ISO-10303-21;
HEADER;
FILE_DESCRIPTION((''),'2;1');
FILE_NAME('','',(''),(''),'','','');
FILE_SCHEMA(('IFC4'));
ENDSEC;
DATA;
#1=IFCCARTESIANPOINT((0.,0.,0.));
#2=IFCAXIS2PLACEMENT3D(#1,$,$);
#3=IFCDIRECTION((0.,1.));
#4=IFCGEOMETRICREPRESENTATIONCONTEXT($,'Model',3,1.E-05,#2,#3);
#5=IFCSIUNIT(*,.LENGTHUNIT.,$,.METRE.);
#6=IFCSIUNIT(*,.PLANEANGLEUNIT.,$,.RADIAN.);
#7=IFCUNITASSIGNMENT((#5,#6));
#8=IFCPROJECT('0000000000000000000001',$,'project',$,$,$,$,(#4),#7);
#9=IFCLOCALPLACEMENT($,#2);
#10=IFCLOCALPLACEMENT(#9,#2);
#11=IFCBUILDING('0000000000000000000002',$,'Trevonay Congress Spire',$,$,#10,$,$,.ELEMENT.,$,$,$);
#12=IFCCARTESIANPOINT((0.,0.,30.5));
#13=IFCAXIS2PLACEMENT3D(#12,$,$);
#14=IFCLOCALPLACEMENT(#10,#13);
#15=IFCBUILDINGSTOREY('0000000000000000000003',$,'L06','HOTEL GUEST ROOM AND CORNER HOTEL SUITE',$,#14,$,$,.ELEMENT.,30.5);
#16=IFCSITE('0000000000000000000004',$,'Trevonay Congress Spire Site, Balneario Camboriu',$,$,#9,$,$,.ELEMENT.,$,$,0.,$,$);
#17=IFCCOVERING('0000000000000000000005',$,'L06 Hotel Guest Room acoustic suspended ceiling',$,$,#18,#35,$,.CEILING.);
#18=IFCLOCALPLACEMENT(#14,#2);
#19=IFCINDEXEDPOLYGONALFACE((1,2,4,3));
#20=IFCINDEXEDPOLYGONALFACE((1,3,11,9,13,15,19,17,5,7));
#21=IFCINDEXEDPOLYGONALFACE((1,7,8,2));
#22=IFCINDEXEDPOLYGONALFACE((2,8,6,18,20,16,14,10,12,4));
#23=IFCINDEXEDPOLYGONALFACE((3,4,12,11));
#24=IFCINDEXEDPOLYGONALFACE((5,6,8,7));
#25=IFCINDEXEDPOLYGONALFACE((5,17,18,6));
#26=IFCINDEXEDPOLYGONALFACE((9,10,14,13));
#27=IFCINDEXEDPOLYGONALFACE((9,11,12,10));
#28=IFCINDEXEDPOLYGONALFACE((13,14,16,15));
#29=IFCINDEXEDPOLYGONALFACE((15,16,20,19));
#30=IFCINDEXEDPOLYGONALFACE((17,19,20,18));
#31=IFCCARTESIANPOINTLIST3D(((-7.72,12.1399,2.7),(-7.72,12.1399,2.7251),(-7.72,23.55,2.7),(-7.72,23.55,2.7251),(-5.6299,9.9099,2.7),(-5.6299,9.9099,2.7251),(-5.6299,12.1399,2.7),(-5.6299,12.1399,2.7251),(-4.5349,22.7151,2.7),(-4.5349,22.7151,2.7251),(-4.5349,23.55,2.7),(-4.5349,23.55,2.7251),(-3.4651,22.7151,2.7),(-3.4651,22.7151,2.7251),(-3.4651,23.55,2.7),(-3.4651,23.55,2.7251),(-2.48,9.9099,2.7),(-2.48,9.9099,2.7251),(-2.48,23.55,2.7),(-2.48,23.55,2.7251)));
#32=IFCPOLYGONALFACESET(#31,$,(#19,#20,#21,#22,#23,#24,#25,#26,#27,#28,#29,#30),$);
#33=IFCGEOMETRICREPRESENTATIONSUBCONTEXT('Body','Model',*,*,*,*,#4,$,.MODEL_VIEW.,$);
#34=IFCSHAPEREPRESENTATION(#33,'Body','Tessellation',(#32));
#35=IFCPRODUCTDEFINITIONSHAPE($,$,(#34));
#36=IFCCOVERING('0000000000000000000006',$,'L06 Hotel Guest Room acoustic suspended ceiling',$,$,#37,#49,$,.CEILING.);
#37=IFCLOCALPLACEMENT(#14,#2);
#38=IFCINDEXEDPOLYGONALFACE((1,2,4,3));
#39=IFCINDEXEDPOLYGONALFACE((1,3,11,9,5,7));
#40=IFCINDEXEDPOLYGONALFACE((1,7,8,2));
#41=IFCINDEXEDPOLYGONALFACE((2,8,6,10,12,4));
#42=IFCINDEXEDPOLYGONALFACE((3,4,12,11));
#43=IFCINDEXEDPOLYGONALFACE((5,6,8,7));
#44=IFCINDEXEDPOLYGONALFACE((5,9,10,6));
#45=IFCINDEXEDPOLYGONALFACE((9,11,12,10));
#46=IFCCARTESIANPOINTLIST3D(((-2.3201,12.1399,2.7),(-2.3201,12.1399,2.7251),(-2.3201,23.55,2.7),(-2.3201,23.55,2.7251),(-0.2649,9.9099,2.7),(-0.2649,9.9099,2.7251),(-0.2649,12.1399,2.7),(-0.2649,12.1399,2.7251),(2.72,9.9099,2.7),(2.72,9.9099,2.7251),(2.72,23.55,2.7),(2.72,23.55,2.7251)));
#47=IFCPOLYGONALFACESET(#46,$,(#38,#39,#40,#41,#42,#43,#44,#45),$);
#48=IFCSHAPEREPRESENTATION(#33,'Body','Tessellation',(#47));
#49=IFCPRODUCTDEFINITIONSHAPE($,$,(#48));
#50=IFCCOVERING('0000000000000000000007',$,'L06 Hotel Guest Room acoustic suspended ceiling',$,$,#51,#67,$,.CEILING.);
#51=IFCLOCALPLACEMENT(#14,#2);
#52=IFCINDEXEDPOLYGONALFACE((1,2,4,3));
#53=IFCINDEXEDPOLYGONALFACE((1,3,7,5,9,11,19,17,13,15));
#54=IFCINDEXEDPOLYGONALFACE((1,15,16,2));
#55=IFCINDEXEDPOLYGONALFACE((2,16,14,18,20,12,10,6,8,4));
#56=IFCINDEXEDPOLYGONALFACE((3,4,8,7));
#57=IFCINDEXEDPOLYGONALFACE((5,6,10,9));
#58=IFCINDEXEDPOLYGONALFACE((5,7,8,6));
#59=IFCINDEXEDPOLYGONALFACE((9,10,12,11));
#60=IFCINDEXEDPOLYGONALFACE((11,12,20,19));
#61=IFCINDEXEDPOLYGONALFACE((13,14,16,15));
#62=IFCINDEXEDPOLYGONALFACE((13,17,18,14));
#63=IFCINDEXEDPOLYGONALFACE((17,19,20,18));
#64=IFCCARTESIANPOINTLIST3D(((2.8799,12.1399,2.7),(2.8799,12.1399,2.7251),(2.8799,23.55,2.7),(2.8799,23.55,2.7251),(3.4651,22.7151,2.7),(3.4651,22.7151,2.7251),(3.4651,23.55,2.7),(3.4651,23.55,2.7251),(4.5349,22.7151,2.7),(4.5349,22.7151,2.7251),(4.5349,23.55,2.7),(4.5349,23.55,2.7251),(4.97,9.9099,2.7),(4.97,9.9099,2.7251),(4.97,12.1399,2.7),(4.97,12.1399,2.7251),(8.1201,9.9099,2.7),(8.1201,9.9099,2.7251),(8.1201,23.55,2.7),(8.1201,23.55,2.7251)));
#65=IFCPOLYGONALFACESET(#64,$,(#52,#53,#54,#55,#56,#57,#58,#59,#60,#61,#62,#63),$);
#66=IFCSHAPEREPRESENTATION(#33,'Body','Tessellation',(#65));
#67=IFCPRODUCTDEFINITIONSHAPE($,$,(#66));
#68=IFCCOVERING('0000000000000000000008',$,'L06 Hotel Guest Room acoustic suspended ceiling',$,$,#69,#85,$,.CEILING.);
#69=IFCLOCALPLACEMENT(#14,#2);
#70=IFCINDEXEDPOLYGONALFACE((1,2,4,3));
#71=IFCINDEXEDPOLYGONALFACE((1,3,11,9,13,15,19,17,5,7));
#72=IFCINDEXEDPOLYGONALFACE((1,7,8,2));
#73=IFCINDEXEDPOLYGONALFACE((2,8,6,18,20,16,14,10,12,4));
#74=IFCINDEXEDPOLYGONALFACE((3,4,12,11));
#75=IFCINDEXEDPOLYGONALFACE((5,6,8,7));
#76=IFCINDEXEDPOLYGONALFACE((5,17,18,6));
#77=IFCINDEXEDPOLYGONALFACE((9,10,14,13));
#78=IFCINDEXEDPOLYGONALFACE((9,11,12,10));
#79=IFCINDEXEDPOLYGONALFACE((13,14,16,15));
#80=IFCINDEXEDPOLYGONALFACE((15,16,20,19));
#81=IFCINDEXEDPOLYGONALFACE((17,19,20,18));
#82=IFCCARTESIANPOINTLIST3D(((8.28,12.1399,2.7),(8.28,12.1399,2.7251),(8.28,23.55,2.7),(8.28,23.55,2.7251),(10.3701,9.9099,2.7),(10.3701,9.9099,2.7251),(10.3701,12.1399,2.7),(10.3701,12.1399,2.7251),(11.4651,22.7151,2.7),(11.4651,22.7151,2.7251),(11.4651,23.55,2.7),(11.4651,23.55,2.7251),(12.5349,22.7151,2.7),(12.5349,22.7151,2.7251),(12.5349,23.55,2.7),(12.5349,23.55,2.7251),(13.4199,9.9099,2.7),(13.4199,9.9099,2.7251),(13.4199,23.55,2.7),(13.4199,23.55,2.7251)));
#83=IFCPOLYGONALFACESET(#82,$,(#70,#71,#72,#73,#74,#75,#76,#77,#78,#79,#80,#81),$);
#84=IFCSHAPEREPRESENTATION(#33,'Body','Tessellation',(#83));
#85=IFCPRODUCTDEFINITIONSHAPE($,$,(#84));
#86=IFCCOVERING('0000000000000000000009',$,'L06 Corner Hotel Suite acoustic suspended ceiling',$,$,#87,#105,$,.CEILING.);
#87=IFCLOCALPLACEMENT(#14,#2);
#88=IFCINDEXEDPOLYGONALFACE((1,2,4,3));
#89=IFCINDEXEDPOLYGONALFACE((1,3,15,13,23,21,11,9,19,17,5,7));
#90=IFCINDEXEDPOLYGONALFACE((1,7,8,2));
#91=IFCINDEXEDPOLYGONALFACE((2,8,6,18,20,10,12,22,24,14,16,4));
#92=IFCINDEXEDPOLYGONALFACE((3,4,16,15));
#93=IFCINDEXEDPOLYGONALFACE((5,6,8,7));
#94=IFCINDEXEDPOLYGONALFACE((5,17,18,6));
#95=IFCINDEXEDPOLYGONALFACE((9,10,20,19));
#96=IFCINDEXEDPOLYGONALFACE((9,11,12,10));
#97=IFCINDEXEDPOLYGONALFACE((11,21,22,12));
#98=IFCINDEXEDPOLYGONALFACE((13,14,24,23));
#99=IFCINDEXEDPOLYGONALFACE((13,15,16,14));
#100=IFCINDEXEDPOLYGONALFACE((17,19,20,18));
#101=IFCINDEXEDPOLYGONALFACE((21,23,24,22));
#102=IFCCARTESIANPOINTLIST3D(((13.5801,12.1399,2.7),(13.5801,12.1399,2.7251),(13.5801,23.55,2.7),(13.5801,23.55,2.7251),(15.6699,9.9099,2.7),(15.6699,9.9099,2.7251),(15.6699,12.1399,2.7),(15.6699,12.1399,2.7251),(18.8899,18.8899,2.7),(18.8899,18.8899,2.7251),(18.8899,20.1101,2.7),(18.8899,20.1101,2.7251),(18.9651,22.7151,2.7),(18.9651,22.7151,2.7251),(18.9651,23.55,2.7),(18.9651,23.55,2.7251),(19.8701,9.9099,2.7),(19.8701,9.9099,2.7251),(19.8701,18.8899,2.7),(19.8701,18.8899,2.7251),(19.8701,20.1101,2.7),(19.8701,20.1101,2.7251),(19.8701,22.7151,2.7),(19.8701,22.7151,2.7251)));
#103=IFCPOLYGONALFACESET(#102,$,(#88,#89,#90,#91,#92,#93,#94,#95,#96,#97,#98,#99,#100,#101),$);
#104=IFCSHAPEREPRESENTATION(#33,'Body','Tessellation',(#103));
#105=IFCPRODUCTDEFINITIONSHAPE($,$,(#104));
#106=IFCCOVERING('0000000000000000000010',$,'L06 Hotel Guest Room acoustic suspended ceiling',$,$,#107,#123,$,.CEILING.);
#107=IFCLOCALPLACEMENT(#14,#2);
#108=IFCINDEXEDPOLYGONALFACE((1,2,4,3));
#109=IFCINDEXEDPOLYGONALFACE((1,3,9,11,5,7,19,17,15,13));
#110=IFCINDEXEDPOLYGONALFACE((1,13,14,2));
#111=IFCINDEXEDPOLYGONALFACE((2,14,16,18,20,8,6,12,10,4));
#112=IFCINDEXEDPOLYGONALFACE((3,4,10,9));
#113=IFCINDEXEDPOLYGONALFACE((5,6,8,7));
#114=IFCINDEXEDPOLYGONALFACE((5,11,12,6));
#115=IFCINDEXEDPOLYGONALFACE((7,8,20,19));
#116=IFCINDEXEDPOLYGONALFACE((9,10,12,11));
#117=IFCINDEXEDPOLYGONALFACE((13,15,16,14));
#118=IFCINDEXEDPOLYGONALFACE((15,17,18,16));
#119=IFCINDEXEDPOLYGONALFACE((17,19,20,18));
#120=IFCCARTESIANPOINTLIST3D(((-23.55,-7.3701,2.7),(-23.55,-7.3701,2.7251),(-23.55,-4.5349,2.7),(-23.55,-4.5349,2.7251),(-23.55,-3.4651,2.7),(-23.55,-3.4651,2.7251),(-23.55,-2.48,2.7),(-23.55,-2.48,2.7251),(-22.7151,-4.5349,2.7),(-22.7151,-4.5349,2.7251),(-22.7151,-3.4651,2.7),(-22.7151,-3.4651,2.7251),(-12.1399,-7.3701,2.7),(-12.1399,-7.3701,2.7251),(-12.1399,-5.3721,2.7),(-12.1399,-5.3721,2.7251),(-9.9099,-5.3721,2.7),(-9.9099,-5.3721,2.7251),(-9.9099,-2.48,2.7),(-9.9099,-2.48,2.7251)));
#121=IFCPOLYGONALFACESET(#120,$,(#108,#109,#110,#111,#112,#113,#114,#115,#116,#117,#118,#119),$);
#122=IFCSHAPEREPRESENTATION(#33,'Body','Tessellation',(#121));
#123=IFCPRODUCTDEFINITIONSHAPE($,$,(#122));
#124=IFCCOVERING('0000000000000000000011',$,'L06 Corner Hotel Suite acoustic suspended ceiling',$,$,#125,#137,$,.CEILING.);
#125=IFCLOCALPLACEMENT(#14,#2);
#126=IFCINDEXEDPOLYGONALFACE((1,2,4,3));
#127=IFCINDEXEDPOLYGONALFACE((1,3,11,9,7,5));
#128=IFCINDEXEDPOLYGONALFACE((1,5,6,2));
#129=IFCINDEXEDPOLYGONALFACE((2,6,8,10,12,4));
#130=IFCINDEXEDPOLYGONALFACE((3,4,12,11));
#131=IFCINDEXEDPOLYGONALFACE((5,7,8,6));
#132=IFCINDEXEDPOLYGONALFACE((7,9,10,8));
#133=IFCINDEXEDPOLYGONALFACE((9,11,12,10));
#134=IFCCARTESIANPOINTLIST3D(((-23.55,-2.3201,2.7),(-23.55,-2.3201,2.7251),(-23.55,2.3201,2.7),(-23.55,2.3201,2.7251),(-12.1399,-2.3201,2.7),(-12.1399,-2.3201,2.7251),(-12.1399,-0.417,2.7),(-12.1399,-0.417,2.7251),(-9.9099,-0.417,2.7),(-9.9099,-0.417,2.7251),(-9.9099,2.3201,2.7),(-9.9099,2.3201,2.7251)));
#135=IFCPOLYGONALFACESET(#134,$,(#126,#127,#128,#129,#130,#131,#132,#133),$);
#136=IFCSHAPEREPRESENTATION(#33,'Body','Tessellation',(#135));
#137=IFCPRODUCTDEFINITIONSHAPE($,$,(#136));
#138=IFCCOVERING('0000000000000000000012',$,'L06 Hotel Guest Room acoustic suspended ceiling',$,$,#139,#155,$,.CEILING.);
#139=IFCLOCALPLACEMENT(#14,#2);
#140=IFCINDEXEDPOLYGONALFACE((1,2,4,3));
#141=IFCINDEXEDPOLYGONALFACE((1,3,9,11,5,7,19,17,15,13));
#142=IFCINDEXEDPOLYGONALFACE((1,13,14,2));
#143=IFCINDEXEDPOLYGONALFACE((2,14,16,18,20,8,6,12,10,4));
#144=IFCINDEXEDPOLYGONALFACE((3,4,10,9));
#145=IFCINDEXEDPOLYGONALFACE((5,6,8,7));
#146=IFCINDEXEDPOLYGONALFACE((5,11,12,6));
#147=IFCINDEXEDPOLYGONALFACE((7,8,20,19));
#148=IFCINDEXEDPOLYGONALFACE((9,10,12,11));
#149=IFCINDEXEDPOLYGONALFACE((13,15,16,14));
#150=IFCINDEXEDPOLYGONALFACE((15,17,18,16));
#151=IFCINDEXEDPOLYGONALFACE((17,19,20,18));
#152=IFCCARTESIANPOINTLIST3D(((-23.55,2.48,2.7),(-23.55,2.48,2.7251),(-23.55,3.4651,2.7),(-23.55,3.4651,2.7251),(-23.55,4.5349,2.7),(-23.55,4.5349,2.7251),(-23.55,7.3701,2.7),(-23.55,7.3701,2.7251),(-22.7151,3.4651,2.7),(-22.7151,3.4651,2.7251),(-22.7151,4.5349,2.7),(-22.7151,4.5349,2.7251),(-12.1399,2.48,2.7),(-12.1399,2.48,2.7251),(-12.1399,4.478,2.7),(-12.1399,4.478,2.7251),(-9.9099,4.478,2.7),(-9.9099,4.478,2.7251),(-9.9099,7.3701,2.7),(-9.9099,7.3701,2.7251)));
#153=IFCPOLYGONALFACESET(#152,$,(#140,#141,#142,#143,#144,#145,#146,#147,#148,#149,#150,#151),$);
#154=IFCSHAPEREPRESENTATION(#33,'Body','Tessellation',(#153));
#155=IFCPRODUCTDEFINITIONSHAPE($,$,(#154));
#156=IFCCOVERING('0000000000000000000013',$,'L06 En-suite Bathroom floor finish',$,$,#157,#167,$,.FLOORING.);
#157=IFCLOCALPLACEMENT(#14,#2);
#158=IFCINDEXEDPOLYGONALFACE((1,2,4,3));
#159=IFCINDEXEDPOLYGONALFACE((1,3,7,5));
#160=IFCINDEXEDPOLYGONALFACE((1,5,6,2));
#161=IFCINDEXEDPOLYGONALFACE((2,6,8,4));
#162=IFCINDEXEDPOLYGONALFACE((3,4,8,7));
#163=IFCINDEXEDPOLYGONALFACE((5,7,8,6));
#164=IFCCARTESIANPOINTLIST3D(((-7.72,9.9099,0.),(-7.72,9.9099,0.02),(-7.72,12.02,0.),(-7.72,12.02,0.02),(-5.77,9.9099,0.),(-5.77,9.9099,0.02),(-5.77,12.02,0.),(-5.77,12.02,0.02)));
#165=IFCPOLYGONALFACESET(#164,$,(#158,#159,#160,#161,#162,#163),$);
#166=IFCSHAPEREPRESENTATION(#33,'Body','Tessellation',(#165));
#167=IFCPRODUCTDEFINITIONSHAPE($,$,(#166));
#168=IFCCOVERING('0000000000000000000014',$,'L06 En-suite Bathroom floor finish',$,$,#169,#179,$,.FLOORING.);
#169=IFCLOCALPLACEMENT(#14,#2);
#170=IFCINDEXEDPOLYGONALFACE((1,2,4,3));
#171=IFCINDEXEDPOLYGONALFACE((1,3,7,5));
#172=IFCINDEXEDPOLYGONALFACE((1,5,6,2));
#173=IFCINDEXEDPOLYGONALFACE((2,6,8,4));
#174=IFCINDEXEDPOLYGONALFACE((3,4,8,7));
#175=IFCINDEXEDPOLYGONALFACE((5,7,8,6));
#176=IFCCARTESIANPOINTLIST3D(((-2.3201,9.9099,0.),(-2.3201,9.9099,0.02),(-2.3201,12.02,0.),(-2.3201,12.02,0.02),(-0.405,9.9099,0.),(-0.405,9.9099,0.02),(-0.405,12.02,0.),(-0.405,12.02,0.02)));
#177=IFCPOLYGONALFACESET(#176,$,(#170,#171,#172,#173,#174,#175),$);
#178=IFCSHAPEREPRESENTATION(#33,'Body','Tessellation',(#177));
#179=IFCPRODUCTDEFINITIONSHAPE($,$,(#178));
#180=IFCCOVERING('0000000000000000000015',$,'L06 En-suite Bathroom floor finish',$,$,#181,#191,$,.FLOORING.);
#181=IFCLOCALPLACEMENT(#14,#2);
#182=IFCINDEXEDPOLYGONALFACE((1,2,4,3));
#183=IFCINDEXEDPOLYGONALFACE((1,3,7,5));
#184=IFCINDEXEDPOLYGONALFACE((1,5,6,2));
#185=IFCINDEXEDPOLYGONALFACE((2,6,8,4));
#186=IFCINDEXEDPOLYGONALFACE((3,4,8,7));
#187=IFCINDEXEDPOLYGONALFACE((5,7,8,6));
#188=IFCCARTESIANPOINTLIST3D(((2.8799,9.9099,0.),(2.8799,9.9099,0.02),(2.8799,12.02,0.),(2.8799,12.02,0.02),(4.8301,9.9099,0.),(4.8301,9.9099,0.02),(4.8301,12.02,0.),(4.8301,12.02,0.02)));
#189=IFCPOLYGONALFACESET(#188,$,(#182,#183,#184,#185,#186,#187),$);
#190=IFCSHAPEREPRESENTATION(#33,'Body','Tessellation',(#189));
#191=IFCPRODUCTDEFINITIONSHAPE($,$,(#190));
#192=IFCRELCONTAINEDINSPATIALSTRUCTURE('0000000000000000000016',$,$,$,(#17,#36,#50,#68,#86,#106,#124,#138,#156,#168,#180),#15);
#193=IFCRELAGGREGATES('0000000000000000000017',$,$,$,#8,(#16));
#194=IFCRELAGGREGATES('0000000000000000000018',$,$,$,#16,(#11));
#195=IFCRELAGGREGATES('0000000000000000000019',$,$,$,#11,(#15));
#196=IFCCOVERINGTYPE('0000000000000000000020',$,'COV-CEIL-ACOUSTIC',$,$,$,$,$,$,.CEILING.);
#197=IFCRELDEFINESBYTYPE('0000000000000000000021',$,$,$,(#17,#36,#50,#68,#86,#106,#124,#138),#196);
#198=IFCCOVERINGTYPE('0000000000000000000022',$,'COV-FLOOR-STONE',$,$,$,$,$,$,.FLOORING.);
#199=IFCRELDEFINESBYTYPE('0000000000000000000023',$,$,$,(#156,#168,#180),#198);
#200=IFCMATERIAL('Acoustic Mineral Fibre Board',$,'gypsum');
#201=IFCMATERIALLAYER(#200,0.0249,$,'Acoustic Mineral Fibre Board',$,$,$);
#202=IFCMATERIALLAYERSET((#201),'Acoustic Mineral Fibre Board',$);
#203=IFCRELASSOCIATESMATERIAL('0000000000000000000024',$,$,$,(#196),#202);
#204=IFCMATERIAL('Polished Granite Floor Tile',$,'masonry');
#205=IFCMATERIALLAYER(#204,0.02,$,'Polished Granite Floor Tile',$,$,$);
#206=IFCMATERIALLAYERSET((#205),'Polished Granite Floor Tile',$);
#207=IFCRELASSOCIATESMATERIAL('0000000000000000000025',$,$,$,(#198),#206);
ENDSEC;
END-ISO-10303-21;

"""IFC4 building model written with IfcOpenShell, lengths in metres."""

from ifc_helpers import new_model, si_unit, direction, frame, origin, place, context, subcontext, project, spatial, polyline, outline, extrude, material, layer, layer_set, type_object, element, save


model = new_model("IFC4")

# Units and contexts
model_context = context("Model", 3, precision=1e-05, world=origin(), true_north=direction((0.0, 1.0)))
body_context = subcontext(model_context, "Body", "Model", "MODEL_VIEW")
ifc_project = project(units=[si_unit("LENGTHUNIT", "METRE"), si_unit("PLANEANGLEUNIT", "RADIAN")], contexts=[model_context])

# Site, building, storey
site_placement = place(None, origin())
site = spatial("IfcSite", under=ifc_project, at=site_placement, Name="Trevonay Congress Spire Site, Balneario Camboriu", CompositionType="ELEMENT", RefElevation=0.0)
building_placement = place(site_placement, origin())
building = spatial("IfcBuilding", under=site, at=building_placement, Name="Trevonay Congress Spire", CompositionType="ELEMENT")
storey_placement = place(building_placement, frame((0.0, 0.0, 30.5)))
storey = spatial("IfcBuildingStorey", under=building, at=storey_placement, Name="L06", Description="HOTEL GUEST ROOM AND CORNER HOTEL SUITE", CompositionType="ELEMENT", Elevation=30.5)

# Coverings
ifc_material_1 = material(Name="Acoustic Mineral Fibre Board", Category="gypsum")
ifc_layer_1 = layer(ifc_material_1, 0.0249, Name="Acoustic Mineral Fibre Board")
ifc_layer_set_1 = layer_set([ifc_layer_1], Name="Acoustic Mineral Fibre Board")
covering_type_1 = type_object("IfcCoveringType", Name="COV-CEIL-ACOUSTIC", PredefinedType="CEILING", material=ifc_layer_set_1)
covering_1_placement = place(storey_placement, frame((0.0, 0.0, 2.7)))
element("IfcCovering", 1, at=covering_1_placement, inside=storey, type_object=covering_type_1, Name="L06 Hotel Guest Room acoustic suspended ceiling", PredefinedType="CEILING", context=body_context, shape_type="SweptSolid", body=[
    extrude(outline(polyline([(-2.48, 23.55), (-2.48, 9.9099), (-5.6299, 9.9099), (-5.6299, 12.1399), (-7.72, 12.1399), (-7.72, 23.55), (-4.5349, 23.55), (-4.5349, 22.7151), (-3.4651, 22.7151), (-3.4651, 23.55), (-2.48, 23.55)])), origin(), (0.0, 0.0, 1.0), 0.0251),
])
covering_2_placement = place(storey_placement, frame((0.0, 0.0, 2.7)))
element("IfcCovering", 2, at=covering_2_placement, inside=storey, type_object=covering_type_1, Name="L06 Hotel Guest Room acoustic suspended ceiling", PredefinedType="CEILING", context=body_context, shape_type="SweptSolid", body=[
    extrude(outline(polyline([(-0.2649, 9.9099), (2.72, 9.9099), (2.72, 23.55), (-2.3201, 23.55), (-2.3201, 12.1399), (-0.2649, 12.1399), (-0.2649, 9.9099)])), origin(), (0.0, 0.0, 1.0), 0.0251),
])
covering_3_placement = place(storey_placement, frame((0.0, 0.0, 2.7)))
element("IfcCovering", 3, at=covering_3_placement, inside=storey, type_object=covering_type_1, Name="L06 Hotel Guest Room acoustic suspended ceiling", PredefinedType="CEILING", context=body_context, shape_type="SweptSolid", body=[
    extrude(outline(polyline([(8.1201, 23.55), (8.1201, 9.9099), (4.97, 9.9099), (4.97, 12.1399), (2.8799, 12.1399), (2.8799, 23.55), (3.4651, 23.55), (3.4651, 22.7151), (4.5349, 22.7151), (4.5349, 23.55), (8.1201, 23.55)])), origin(), (0.0, 0.0, 1.0), 0.0251),
])
covering_4_placement = place(storey_placement, frame((0.0, 0.0, 2.7)))
element("IfcCovering", 4, at=covering_4_placement, inside=storey, type_object=covering_type_1, Name="L06 Hotel Guest Room acoustic suspended ceiling", PredefinedType="CEILING", context=body_context, shape_type="SweptSolid", body=[
    extrude(outline(polyline([(13.4199, 23.55), (13.4199, 9.9099), (10.3701, 9.9099), (10.3701, 12.1399), (8.28, 12.1399), (8.28, 23.55), (11.4651, 23.55), (11.4651, 22.7151), (12.5349, 22.7151), (12.5349, 23.55), (13.4199, 23.55)])), origin(), (0.0, 0.0, 1.0), 0.0251),
])
covering_5_placement = place(storey_placement, frame((0.0, 0.0, 2.7)))
element("IfcCovering", 5, at=covering_5_placement, inside=storey, type_object=covering_type_1, Name="L06 Corner Hotel Suite acoustic suspended ceiling", PredefinedType="CEILING", context=body_context, shape_type="SweptSolid", body=[
    extrude(outline(polyline([(19.8701, 9.9099), (15.6699, 9.9099), (15.6699, 12.1399), (13.5801, 12.1399), (13.5801, 23.55), (18.9651, 23.55), (18.9651, 22.7151), (19.8701, 22.7151), (19.8701, 20.1101), (18.8899, 20.1101), (18.8899, 18.8899), (19.8701, 18.8899), (19.8701, 9.9099)])), origin(), (0.0, 0.0, 1.0), 0.0251),
])
covering_6_placement = place(storey_placement, frame((0.0, 0.0, 2.7)))
element("IfcCovering", 6, at=covering_6_placement, inside=storey, type_object=covering_type_1, Name="L06 Hotel Guest Room acoustic suspended ceiling", PredefinedType="CEILING", context=body_context, shape_type="SweptSolid", body=[
    extrude(outline(polyline([(-23.55, -4.5349), (-22.7151, -4.5349), (-22.7151, -3.4651), (-23.55, -3.4651), (-23.55, -2.48), (-9.9099, -2.48), (-9.9099, -5.3721), (-12.1399, -5.3721), (-12.1399, -7.3701), (-23.55, -7.3701), (-23.55, -4.5349)])), origin(), (0.0, 0.0, 1.0), 0.0251),
])
covering_7_placement = place(storey_placement, frame((0.0, 0.0, 2.7)))
element("IfcCovering", 7, at=covering_7_placement, inside=storey, type_object=covering_type_1, Name="L06 Corner Hotel Suite acoustic suspended ceiling", PredefinedType="CEILING", context=body_context, shape_type="SweptSolid", body=[
    extrude(outline(polyline([(-23.55, -2.3201), (-23.55, 2.3201), (-9.9099, 2.3201), (-9.9099, -0.417), (-12.1399, -0.417), (-12.1399, -2.3201), (-23.55, -2.3201)])), origin(), (0.0, 0.0, 1.0), 0.0251),
])
covering_8_placement = place(storey_placement, frame((0.0, 0.0, 2.7)))
element("IfcCovering", 8, at=covering_8_placement, inside=storey, type_object=covering_type_1, Name="L06 Hotel Guest Room acoustic suspended ceiling", PredefinedType="CEILING", context=body_context, shape_type="SweptSolid", body=[
    extrude(outline(polyline([(-23.55, 3.4651), (-22.7151, 3.4651), (-22.7151, 4.5349), (-23.55, 4.5349), (-23.55, 7.3701), (-9.9099, 7.3701), (-9.9099, 4.478), (-12.1399, 4.478), (-12.1399, 2.48), (-23.55, 2.48), (-23.55, 3.4651)])), origin(), (0.0, 0.0, 1.0), 0.0251),
])
ifc_material_2 = material(Name="Polished Granite Floor Tile", Category="masonry")
ifc_layer_2 = layer(ifc_material_2, 0.02, Name="Polished Granite Floor Tile")
ifc_layer_set_2 = layer_set([ifc_layer_2], Name="Polished Granite Floor Tile")
covering_type_2 = type_object("IfcCoveringType", Name="COV-FLOOR-STONE", PredefinedType="FLOORING", material=ifc_layer_set_2)
covering_9_placement = place(storey_placement, origin())
element("IfcCovering", 9, at=covering_9_placement, inside=storey, type_object=covering_type_2, Name="L06 En-suite Bathroom floor finish", PredefinedType="FLOORING", context=body_context, shape_type="SweptSolid", body=[
    extrude(outline(polyline([(-7.72, 9.9099), (-5.77, 9.9099), (-5.77, 12.02), (-7.72, 12.02), (-7.72, 9.9099)])), origin(), (0.0, 0.0, 1.0), 0.02),
])
covering_10_placement = place(storey_placement, origin())
element("IfcCovering", 10, at=covering_10_placement, inside=storey, type_object=covering_type_2, Name="L06 En-suite Bathroom floor finish", PredefinedType="FLOORING", context=body_context, shape_type="SweptSolid", body=[
    extrude(outline(polyline([(-2.3201, 9.9099), (-0.405, 9.9099), (-0.405, 12.02), (-2.3201, 12.02), (-2.3201, 9.9099)])), origin(), (0.0, 0.0, 1.0), 0.02),
])
covering_11_placement = place(storey_placement, origin())
element("IfcCovering", 11, at=covering_11_placement, inside=storey, type_object=covering_type_2, Name="L06 En-suite Bathroom floor finish", PredefinedType="FLOORING", context=body_context, shape_type="SweptSolid", body=[
    extrude(outline(polyline([(2.8799, 9.9099), (4.8301, 9.9099), (4.8301, 12.02), (2.8799, 12.02), (2.8799, 9.9099)])), origin(), (0.0, 0.0, 1.0), 0.02),
])

save(model, "model.ifc")
